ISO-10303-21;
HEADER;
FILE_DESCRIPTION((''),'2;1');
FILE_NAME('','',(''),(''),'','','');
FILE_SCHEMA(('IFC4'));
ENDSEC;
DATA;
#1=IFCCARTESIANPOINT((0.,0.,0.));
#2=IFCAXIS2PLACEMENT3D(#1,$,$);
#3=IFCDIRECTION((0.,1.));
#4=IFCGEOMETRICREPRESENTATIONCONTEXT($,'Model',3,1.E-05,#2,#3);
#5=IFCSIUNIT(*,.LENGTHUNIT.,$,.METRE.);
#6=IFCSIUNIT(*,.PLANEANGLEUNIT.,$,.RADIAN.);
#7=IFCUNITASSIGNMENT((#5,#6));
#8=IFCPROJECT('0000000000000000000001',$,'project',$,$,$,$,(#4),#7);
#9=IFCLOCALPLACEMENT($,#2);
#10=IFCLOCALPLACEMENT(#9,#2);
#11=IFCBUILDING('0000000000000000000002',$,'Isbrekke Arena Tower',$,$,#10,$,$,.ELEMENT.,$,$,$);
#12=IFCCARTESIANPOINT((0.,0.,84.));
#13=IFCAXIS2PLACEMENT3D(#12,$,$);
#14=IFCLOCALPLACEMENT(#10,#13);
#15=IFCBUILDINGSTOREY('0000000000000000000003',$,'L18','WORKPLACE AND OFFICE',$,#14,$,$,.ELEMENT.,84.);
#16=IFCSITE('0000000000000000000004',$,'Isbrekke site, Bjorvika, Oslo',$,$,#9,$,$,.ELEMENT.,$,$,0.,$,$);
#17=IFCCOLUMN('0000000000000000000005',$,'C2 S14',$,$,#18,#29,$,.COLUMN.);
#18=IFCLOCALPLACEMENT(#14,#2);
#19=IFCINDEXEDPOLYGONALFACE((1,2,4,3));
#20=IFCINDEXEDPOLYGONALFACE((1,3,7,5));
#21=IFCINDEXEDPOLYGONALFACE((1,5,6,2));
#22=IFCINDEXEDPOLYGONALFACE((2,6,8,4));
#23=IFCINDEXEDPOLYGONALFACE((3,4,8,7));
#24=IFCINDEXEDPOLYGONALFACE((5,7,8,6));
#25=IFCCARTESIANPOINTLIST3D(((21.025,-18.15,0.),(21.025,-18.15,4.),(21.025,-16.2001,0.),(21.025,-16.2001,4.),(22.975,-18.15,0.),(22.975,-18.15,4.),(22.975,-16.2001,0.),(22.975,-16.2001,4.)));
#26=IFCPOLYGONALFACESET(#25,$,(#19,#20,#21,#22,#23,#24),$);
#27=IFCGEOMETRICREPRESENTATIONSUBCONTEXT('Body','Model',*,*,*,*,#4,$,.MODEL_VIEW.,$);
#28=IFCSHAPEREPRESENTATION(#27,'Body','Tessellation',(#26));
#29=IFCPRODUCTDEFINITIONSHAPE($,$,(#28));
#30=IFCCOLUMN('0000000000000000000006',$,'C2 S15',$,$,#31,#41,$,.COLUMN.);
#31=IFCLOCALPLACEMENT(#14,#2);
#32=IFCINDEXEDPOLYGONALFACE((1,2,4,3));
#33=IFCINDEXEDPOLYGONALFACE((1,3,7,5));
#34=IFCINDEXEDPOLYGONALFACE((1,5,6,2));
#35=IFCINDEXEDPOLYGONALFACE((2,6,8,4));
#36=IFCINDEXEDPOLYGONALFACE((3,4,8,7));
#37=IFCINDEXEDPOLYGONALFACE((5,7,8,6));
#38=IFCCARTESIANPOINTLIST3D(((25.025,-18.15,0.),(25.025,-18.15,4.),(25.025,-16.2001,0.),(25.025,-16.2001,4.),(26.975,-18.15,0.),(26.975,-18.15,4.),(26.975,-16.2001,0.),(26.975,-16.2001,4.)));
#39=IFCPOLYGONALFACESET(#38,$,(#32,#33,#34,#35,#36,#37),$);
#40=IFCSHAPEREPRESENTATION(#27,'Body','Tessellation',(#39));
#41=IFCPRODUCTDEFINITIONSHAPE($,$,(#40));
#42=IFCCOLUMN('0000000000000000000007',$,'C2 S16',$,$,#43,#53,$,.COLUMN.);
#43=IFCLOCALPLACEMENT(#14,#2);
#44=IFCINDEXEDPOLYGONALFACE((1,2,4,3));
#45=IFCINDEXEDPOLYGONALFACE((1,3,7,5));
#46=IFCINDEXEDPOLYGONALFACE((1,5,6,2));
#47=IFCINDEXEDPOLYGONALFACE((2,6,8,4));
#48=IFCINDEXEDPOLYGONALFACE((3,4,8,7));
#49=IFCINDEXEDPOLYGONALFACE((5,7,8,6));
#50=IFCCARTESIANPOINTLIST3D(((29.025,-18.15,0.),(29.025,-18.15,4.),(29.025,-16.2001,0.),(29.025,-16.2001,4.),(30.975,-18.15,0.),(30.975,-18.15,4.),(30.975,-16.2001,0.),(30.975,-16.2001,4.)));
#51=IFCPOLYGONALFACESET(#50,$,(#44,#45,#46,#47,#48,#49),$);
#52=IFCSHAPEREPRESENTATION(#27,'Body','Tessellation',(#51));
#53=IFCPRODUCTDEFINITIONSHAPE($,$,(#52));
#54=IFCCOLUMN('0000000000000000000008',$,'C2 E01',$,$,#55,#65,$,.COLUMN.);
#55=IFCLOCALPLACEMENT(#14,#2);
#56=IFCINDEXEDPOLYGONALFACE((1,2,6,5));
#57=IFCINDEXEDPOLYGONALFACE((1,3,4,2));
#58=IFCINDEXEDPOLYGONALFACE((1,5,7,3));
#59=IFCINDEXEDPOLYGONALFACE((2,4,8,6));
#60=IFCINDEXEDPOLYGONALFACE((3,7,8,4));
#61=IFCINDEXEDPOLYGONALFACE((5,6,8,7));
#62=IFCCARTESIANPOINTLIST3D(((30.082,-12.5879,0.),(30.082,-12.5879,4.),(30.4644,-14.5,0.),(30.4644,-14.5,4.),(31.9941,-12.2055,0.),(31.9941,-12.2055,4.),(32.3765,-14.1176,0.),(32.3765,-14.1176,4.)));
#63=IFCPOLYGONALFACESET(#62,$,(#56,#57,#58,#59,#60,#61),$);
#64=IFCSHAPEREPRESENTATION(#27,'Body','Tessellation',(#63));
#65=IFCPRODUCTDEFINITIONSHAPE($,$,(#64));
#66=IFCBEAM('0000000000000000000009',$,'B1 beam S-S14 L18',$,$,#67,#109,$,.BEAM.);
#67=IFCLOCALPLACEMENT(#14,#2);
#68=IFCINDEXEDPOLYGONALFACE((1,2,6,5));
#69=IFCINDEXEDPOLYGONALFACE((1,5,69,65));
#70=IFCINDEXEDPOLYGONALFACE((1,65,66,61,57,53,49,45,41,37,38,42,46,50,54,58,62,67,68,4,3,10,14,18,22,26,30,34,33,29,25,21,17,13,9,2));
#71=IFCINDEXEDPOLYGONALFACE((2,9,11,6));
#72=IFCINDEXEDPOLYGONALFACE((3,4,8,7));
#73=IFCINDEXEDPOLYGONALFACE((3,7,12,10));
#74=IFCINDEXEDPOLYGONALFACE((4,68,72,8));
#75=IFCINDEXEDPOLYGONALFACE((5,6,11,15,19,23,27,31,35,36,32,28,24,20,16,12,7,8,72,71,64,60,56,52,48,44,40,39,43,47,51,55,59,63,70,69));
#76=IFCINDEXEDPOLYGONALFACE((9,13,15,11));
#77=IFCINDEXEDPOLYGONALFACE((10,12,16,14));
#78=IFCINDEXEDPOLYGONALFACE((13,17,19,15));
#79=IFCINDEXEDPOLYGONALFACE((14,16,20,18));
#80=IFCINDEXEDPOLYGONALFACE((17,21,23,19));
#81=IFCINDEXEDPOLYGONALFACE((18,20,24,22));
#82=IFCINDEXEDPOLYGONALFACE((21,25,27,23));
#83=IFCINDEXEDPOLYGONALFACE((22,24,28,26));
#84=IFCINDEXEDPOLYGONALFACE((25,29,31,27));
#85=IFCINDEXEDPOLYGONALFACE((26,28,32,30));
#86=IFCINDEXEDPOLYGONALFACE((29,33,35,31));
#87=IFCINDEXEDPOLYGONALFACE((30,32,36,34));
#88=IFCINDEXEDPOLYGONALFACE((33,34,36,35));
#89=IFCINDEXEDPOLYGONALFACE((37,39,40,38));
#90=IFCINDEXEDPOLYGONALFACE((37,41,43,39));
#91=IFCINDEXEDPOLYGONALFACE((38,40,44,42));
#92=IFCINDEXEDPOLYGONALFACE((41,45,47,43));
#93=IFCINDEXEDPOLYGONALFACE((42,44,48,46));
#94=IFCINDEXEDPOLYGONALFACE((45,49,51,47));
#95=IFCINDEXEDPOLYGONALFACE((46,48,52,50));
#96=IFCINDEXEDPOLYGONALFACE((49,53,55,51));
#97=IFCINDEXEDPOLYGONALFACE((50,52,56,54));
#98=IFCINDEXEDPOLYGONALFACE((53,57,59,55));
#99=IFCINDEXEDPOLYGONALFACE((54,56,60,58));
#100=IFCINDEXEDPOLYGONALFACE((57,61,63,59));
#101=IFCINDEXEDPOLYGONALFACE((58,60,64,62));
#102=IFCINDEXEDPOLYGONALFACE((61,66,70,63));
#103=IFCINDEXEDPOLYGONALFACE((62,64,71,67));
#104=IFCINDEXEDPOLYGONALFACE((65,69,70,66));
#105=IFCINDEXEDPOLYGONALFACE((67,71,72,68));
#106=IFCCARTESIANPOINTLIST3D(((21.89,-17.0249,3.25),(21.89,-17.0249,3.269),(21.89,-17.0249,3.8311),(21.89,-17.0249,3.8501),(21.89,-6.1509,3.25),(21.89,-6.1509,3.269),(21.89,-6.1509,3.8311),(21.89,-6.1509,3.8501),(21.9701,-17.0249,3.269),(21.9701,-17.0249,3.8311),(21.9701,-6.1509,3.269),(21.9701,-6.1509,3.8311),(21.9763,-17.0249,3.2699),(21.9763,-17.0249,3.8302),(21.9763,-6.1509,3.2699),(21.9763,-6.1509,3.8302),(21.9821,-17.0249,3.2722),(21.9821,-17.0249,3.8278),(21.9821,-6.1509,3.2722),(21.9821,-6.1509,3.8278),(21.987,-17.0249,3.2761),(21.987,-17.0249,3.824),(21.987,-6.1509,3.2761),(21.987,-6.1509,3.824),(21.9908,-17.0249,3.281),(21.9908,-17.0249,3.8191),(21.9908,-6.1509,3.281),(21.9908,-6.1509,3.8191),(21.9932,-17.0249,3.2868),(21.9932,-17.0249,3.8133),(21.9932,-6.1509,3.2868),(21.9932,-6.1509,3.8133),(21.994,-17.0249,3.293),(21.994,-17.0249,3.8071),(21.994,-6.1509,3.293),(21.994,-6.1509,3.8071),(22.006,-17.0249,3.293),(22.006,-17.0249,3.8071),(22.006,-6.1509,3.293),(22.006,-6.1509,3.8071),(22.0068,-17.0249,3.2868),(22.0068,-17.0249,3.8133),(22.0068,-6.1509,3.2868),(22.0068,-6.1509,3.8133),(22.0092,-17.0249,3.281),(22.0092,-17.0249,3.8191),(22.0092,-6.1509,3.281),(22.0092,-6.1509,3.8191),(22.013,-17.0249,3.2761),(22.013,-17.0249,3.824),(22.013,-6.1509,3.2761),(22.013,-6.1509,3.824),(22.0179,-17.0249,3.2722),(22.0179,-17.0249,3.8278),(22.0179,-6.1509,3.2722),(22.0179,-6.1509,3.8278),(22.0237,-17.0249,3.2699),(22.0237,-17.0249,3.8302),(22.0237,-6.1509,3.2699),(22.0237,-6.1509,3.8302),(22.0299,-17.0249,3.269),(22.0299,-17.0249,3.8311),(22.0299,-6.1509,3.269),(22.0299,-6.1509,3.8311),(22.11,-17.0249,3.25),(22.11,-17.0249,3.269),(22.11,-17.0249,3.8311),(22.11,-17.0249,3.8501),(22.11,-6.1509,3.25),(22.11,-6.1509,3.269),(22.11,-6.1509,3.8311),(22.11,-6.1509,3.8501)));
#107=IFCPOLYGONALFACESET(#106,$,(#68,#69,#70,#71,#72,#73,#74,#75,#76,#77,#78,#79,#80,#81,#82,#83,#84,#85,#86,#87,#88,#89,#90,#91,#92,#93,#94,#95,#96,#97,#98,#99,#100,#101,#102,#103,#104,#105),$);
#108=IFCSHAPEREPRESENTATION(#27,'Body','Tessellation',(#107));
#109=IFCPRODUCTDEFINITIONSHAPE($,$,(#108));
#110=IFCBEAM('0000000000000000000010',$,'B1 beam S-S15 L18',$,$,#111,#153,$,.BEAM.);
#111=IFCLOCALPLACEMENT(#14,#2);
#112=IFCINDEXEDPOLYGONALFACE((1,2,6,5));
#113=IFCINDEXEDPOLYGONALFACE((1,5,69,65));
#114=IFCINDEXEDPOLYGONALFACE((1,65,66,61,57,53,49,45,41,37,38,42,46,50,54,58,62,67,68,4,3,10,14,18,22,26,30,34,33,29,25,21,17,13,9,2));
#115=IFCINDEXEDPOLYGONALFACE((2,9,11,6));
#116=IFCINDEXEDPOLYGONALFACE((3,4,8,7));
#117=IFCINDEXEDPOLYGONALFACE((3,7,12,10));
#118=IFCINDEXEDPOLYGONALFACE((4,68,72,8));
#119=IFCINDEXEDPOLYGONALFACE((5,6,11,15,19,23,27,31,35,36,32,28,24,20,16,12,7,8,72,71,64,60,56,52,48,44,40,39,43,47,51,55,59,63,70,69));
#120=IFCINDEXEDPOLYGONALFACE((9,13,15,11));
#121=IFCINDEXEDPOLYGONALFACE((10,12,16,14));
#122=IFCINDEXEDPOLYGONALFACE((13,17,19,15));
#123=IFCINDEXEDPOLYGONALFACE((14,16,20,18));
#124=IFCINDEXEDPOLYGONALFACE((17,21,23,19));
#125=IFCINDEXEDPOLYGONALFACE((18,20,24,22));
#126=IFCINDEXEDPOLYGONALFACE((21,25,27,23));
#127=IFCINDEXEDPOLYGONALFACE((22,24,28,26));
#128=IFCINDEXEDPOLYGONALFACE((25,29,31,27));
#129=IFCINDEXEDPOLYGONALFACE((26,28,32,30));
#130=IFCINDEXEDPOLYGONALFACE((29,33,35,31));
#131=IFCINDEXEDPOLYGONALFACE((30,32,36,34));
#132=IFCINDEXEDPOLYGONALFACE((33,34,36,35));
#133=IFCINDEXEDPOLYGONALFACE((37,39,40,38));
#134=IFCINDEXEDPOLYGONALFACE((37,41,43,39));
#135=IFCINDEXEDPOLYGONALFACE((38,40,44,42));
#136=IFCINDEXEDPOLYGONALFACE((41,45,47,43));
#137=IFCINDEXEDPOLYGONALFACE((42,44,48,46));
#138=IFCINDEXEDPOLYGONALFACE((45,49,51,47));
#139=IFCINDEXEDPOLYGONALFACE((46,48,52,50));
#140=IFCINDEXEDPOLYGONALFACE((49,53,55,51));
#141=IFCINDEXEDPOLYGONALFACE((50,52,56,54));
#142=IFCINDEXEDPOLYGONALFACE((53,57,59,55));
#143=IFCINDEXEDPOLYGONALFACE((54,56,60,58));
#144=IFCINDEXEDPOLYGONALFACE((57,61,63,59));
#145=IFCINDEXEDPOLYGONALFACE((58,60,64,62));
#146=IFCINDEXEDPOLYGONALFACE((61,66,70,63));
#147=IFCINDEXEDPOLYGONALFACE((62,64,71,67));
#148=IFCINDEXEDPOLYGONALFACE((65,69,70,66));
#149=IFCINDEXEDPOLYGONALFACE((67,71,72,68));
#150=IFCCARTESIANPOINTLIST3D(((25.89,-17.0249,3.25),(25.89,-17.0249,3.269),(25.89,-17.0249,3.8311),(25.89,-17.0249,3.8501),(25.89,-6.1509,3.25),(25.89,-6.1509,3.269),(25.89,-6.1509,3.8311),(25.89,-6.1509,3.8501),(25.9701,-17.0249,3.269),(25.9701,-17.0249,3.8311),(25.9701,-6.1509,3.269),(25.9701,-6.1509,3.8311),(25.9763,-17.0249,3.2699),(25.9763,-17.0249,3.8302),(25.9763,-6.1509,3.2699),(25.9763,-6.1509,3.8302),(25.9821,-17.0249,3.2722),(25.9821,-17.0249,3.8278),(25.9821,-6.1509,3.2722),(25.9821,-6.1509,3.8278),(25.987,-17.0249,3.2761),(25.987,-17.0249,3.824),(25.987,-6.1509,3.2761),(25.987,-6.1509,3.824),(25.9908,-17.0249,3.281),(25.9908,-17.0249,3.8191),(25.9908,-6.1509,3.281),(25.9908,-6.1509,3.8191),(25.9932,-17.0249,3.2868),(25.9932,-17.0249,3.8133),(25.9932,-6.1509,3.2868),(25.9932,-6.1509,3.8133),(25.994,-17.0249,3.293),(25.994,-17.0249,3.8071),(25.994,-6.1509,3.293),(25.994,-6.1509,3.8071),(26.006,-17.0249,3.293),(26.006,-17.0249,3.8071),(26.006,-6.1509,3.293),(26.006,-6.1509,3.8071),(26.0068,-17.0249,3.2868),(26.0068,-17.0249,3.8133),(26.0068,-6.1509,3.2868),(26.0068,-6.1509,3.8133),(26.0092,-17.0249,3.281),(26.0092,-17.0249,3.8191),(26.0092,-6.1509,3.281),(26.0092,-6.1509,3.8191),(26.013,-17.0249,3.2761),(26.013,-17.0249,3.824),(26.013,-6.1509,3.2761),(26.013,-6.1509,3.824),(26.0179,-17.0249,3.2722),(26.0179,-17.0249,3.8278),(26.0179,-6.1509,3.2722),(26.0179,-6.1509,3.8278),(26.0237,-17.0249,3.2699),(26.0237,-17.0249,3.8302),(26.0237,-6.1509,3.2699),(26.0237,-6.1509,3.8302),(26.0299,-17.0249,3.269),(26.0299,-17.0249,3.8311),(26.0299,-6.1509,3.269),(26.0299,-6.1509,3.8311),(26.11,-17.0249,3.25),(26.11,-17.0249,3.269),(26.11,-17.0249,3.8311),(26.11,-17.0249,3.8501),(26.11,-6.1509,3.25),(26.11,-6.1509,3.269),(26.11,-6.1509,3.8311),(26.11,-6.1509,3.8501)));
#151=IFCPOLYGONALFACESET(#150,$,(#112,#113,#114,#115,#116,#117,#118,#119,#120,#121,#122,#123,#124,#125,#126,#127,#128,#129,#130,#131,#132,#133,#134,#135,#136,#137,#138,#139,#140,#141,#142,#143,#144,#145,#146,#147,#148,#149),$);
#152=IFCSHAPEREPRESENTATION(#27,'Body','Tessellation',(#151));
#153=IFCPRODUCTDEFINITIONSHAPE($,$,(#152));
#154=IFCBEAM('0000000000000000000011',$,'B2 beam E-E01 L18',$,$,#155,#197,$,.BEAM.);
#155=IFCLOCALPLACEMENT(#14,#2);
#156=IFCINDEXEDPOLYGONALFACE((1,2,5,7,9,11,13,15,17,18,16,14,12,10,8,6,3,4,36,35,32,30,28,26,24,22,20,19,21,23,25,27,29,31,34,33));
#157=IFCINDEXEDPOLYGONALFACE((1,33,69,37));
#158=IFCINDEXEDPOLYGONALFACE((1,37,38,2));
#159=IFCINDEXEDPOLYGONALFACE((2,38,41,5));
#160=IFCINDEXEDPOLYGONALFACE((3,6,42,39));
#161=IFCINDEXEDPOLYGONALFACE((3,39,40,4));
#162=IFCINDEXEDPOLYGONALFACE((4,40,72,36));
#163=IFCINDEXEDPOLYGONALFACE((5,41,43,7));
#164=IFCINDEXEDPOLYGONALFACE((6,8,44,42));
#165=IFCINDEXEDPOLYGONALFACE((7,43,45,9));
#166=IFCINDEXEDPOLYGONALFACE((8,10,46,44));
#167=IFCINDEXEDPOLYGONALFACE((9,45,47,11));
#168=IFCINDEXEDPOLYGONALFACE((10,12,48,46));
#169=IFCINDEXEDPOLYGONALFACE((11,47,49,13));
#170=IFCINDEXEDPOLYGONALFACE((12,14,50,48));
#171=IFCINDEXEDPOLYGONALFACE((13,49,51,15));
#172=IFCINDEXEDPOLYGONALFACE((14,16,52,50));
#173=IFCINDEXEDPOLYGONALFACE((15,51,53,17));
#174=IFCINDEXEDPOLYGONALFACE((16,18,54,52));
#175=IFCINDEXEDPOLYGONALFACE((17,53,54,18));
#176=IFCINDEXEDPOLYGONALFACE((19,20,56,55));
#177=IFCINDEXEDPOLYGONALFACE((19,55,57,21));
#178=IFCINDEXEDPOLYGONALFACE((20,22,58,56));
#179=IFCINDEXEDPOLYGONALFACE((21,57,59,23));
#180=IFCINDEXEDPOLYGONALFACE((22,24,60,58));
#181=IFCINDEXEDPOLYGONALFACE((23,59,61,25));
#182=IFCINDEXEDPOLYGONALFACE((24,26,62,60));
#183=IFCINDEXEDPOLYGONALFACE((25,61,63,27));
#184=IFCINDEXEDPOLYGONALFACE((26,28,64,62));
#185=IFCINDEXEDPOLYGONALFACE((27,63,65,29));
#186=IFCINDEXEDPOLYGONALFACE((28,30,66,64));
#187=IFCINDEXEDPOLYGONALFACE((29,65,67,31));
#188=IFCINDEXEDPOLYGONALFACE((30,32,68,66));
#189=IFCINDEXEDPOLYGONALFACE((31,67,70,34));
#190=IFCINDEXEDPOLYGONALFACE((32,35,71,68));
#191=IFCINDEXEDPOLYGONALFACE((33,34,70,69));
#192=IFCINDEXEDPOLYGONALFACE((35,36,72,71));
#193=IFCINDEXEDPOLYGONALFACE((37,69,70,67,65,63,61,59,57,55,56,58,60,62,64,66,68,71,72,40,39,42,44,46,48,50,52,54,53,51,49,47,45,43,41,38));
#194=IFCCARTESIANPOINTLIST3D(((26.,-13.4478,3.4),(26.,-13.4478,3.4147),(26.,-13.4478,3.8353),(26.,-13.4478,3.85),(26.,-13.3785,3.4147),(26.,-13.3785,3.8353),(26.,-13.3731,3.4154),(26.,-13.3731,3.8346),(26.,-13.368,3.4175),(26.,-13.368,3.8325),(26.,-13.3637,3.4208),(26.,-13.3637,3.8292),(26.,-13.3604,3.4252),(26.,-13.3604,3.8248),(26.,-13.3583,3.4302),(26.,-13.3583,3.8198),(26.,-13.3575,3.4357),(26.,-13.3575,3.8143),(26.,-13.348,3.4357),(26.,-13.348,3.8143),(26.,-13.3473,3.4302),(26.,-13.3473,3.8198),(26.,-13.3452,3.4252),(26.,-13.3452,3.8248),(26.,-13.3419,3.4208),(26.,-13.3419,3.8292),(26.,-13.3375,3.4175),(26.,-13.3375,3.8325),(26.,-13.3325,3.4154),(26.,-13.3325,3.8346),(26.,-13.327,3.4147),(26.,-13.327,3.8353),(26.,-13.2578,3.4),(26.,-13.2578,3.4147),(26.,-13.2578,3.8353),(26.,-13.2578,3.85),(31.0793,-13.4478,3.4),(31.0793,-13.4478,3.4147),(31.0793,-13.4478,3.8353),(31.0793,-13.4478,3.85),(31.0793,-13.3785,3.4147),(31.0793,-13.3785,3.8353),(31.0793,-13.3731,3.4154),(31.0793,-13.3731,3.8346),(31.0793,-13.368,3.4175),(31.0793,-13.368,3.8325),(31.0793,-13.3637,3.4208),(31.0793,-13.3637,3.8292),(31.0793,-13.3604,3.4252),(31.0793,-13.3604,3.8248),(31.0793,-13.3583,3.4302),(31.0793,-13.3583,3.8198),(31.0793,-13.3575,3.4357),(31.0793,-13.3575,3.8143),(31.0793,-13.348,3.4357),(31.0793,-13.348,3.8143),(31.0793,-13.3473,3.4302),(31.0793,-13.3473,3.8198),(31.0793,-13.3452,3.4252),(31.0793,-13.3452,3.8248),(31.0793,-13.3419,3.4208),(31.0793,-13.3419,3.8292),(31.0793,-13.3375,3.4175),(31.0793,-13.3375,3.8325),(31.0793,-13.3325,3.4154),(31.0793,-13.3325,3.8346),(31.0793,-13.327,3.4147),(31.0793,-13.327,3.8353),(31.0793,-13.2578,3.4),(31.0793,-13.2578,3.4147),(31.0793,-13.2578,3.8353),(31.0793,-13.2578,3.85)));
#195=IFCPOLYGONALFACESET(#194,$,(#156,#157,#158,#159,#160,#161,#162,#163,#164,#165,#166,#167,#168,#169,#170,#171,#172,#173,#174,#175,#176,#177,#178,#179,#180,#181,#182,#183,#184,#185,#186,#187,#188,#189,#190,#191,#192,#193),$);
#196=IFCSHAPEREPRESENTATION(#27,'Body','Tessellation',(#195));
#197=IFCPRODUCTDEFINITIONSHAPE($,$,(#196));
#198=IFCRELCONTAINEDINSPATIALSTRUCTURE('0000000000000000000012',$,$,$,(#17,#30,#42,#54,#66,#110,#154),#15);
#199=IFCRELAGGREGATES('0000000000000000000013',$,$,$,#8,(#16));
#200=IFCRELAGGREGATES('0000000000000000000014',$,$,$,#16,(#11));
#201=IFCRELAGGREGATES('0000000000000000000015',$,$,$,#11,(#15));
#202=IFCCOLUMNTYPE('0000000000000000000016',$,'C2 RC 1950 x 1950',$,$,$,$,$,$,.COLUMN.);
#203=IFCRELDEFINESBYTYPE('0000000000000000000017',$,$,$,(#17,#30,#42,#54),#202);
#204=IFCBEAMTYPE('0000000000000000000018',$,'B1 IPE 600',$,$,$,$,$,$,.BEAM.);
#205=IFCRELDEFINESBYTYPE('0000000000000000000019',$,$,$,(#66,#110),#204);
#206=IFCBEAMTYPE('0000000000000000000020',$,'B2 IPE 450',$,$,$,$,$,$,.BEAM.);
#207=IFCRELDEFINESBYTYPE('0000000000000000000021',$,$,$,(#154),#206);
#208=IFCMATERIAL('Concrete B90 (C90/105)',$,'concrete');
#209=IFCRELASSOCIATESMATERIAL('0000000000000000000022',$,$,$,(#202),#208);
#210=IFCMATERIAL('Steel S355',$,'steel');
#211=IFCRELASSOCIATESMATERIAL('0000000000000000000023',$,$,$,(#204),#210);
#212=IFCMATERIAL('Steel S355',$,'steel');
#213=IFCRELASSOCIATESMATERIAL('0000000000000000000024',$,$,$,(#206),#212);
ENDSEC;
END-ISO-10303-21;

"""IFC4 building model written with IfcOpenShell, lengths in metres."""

from ifc_helpers import new_model, si_unit, direction, frame, origin, origin_2d, place, context, subcontext, project, spatial, rectangle, i_section, extrude, material, material_profile, profile_set, type_object, element, save


model = new_model("IFC4")

# Units and contexts
model_context = context("Model", 3, precision=1e-05, world=origin(), true_north=direction((0.0, 1.0)))
body_context = subcontext(model_context, "Body", "Model", "MODEL_VIEW")
ifc_project = project(units=[si_unit("LENGTHUNIT", "METRE"), si_unit("PLANEANGLEUNIT", "RADIAN")], contexts=[model_context])

# Site, building, storey
site_placement = place(None, origin())
site = spatial("IfcSite", under=ifc_project, at=site_placement, Name="Isbrekke site, Bjorvika, Oslo", CompositionType="ELEMENT", RefElevation=0.0)
building_placement = place(site_placement, origin())
building = spatial("IfcBuilding", under=site, at=building_placement, Name="Isbrekke Arena Tower", CompositionType="ELEMENT")
storey_placement = place(building_placement, frame((0.0, 0.0, 84.0)))
storey = spatial("IfcBuildingStorey", under=building, at=storey_placement, Name="L18", Description="WORKPLACE AND OFFICE", CompositionType="ELEMENT", Elevation=84.0)

# Columns
ifc_material_1 = material(Name="Concrete B90 (C90/105)", Category="concrete")
ifc_material_profile_1 = material_profile(ifc_material_1, rectangle(XDim=1.95, YDim=1.95, at=origin_2d()), Name="RC 1950x1950")
ifc_profile_set_1 = profile_set([ifc_material_profile_1], Name="Concrete B90 (C90/105)")
column_type = type_object("IfcColumnType", Name="C2 RC 1950 x 1950", PredefinedType="COLUMN", material=ifc_profile_set_1)
for number, where, z_axis, x_axis, name in (
    (1, (22.0, -17.175, 0.0), (0.0, 0.0, 1.0), (1.0, 0.0, 0.0), "C2 S14"),
    (2, (26.0, -17.175, 0.0), (0.0, 0.0, 1.0), (1.0, 0.0, 0.0), "C2 S15"),
    (3, (30.0, -17.175, 0.0), (0.0, 0.0, 1.0), (1.0, 0.0, 0.0), "C2 S16"),
    (4, (31.2292, -13.3528, 0.0), (0.0, 0.0, 1.0), (-0.196116, 0.980581, 0.0), "C2 E01"),
):
    element("IfcColumn", number, at=place(storey_placement, frame(where, z_axis=z_axis, x_axis=x_axis)), inside=storey, type_object=column_type, Name=name, PredefinedType="COLUMN", context=body_context, shape_type="SweptSolid", body=[
        extrude(rectangle(XDim=1.95, YDim=1.95, at=origin_2d()), origin(), (0.0, 0.0, 1.0), 4.0),
    ])

# Beams
ifc_material_2 = material(Name="Steel S355", Category="steel")
ifc_material_profile_2 = material_profile(ifc_material_2, i_section(OverallWidth=0.22, OverallDepth=0.6001, WebThickness=0.012, FlangeThickness=0.019, FilletRadius=0.0239, at=origin_2d()), Name="IPE 600")
ifc_profile_set_2 = profile_set([ifc_material_profile_2], Name="Steel S355")
beam_type_1 = type_object("IfcBeamType", Name="B1 IPE 600", PredefinedType="BEAM", material=ifc_profile_set_2)
for number, where, z_axis, x_axis, name in (
    (5, (22.0, -17.0249, 3.55), (0.0, 1.0, 0.0), (-1.0, 0.0, 0.0), "B1 beam S-S14 L18"),
    (6, (26.0, -17.0249, 3.55), (0.0, 1.0, 0.0), (-1.0, 0.0, 0.0), "B1 beam S-S15 L18"),
):
    element("IfcBeam", number, at=place(storey_placement, frame(where, z_axis=z_axis, x_axis=x_axis)), inside=storey, type_object=beam_type_1, Name=name, PredefinedType="BEAM", context=body_context, shape_type="SweptSolid", body=[
        extrude(i_section(OverallWidth=0.22, OverallDepth=0.6001, WebThickness=0.012, FlangeThickness=0.019, FilletRadius=0.0239, at=origin_2d()), origin(), (0.0, 0.0, 1.0), 10.874),
    ])
ifc_material_3 = material(Name="Steel S355", Category="steel")
ifc_material_profile_3 = material_profile(ifc_material_3, i_section(OverallWidth=0.1899, OverallDepth=0.45, WebThickness=0.0095, FlangeThickness=0.0146, FilletRadius=0.021, at=origin_2d()), Name="IPE 450")
ifc_profile_set_3 = profile_set([ifc_material_profile_3], Name="Steel S355")
beam_type_2 = type_object("IfcBeamType", Name="B2 IPE 450", PredefinedType="BEAM", material=ifc_profile_set_3)
beam_1_placement = place(storey_placement, frame((31.0793, -13.3528, 3.625), z_axis=(-1.0, 0.0, 0.0), x_axis=(0.0, -1.0, 0.0)))
element("IfcBeam", 7, at=beam_1_placement, inside=storey, type_object=beam_type_2, Name="B2 beam E-E01 L18", PredefinedType="BEAM", context=body_context, shape_type="SweptSolid", body=[
    extrude(i_section(OverallWidth=0.1899, OverallDepth=0.45, WebThickness=0.0095, FlangeThickness=0.0146, FilletRadius=0.021, at=origin_2d()), origin(), (0.0, 0.0, 1.0), 5.0793),
])

save(model, "model.ifc")
